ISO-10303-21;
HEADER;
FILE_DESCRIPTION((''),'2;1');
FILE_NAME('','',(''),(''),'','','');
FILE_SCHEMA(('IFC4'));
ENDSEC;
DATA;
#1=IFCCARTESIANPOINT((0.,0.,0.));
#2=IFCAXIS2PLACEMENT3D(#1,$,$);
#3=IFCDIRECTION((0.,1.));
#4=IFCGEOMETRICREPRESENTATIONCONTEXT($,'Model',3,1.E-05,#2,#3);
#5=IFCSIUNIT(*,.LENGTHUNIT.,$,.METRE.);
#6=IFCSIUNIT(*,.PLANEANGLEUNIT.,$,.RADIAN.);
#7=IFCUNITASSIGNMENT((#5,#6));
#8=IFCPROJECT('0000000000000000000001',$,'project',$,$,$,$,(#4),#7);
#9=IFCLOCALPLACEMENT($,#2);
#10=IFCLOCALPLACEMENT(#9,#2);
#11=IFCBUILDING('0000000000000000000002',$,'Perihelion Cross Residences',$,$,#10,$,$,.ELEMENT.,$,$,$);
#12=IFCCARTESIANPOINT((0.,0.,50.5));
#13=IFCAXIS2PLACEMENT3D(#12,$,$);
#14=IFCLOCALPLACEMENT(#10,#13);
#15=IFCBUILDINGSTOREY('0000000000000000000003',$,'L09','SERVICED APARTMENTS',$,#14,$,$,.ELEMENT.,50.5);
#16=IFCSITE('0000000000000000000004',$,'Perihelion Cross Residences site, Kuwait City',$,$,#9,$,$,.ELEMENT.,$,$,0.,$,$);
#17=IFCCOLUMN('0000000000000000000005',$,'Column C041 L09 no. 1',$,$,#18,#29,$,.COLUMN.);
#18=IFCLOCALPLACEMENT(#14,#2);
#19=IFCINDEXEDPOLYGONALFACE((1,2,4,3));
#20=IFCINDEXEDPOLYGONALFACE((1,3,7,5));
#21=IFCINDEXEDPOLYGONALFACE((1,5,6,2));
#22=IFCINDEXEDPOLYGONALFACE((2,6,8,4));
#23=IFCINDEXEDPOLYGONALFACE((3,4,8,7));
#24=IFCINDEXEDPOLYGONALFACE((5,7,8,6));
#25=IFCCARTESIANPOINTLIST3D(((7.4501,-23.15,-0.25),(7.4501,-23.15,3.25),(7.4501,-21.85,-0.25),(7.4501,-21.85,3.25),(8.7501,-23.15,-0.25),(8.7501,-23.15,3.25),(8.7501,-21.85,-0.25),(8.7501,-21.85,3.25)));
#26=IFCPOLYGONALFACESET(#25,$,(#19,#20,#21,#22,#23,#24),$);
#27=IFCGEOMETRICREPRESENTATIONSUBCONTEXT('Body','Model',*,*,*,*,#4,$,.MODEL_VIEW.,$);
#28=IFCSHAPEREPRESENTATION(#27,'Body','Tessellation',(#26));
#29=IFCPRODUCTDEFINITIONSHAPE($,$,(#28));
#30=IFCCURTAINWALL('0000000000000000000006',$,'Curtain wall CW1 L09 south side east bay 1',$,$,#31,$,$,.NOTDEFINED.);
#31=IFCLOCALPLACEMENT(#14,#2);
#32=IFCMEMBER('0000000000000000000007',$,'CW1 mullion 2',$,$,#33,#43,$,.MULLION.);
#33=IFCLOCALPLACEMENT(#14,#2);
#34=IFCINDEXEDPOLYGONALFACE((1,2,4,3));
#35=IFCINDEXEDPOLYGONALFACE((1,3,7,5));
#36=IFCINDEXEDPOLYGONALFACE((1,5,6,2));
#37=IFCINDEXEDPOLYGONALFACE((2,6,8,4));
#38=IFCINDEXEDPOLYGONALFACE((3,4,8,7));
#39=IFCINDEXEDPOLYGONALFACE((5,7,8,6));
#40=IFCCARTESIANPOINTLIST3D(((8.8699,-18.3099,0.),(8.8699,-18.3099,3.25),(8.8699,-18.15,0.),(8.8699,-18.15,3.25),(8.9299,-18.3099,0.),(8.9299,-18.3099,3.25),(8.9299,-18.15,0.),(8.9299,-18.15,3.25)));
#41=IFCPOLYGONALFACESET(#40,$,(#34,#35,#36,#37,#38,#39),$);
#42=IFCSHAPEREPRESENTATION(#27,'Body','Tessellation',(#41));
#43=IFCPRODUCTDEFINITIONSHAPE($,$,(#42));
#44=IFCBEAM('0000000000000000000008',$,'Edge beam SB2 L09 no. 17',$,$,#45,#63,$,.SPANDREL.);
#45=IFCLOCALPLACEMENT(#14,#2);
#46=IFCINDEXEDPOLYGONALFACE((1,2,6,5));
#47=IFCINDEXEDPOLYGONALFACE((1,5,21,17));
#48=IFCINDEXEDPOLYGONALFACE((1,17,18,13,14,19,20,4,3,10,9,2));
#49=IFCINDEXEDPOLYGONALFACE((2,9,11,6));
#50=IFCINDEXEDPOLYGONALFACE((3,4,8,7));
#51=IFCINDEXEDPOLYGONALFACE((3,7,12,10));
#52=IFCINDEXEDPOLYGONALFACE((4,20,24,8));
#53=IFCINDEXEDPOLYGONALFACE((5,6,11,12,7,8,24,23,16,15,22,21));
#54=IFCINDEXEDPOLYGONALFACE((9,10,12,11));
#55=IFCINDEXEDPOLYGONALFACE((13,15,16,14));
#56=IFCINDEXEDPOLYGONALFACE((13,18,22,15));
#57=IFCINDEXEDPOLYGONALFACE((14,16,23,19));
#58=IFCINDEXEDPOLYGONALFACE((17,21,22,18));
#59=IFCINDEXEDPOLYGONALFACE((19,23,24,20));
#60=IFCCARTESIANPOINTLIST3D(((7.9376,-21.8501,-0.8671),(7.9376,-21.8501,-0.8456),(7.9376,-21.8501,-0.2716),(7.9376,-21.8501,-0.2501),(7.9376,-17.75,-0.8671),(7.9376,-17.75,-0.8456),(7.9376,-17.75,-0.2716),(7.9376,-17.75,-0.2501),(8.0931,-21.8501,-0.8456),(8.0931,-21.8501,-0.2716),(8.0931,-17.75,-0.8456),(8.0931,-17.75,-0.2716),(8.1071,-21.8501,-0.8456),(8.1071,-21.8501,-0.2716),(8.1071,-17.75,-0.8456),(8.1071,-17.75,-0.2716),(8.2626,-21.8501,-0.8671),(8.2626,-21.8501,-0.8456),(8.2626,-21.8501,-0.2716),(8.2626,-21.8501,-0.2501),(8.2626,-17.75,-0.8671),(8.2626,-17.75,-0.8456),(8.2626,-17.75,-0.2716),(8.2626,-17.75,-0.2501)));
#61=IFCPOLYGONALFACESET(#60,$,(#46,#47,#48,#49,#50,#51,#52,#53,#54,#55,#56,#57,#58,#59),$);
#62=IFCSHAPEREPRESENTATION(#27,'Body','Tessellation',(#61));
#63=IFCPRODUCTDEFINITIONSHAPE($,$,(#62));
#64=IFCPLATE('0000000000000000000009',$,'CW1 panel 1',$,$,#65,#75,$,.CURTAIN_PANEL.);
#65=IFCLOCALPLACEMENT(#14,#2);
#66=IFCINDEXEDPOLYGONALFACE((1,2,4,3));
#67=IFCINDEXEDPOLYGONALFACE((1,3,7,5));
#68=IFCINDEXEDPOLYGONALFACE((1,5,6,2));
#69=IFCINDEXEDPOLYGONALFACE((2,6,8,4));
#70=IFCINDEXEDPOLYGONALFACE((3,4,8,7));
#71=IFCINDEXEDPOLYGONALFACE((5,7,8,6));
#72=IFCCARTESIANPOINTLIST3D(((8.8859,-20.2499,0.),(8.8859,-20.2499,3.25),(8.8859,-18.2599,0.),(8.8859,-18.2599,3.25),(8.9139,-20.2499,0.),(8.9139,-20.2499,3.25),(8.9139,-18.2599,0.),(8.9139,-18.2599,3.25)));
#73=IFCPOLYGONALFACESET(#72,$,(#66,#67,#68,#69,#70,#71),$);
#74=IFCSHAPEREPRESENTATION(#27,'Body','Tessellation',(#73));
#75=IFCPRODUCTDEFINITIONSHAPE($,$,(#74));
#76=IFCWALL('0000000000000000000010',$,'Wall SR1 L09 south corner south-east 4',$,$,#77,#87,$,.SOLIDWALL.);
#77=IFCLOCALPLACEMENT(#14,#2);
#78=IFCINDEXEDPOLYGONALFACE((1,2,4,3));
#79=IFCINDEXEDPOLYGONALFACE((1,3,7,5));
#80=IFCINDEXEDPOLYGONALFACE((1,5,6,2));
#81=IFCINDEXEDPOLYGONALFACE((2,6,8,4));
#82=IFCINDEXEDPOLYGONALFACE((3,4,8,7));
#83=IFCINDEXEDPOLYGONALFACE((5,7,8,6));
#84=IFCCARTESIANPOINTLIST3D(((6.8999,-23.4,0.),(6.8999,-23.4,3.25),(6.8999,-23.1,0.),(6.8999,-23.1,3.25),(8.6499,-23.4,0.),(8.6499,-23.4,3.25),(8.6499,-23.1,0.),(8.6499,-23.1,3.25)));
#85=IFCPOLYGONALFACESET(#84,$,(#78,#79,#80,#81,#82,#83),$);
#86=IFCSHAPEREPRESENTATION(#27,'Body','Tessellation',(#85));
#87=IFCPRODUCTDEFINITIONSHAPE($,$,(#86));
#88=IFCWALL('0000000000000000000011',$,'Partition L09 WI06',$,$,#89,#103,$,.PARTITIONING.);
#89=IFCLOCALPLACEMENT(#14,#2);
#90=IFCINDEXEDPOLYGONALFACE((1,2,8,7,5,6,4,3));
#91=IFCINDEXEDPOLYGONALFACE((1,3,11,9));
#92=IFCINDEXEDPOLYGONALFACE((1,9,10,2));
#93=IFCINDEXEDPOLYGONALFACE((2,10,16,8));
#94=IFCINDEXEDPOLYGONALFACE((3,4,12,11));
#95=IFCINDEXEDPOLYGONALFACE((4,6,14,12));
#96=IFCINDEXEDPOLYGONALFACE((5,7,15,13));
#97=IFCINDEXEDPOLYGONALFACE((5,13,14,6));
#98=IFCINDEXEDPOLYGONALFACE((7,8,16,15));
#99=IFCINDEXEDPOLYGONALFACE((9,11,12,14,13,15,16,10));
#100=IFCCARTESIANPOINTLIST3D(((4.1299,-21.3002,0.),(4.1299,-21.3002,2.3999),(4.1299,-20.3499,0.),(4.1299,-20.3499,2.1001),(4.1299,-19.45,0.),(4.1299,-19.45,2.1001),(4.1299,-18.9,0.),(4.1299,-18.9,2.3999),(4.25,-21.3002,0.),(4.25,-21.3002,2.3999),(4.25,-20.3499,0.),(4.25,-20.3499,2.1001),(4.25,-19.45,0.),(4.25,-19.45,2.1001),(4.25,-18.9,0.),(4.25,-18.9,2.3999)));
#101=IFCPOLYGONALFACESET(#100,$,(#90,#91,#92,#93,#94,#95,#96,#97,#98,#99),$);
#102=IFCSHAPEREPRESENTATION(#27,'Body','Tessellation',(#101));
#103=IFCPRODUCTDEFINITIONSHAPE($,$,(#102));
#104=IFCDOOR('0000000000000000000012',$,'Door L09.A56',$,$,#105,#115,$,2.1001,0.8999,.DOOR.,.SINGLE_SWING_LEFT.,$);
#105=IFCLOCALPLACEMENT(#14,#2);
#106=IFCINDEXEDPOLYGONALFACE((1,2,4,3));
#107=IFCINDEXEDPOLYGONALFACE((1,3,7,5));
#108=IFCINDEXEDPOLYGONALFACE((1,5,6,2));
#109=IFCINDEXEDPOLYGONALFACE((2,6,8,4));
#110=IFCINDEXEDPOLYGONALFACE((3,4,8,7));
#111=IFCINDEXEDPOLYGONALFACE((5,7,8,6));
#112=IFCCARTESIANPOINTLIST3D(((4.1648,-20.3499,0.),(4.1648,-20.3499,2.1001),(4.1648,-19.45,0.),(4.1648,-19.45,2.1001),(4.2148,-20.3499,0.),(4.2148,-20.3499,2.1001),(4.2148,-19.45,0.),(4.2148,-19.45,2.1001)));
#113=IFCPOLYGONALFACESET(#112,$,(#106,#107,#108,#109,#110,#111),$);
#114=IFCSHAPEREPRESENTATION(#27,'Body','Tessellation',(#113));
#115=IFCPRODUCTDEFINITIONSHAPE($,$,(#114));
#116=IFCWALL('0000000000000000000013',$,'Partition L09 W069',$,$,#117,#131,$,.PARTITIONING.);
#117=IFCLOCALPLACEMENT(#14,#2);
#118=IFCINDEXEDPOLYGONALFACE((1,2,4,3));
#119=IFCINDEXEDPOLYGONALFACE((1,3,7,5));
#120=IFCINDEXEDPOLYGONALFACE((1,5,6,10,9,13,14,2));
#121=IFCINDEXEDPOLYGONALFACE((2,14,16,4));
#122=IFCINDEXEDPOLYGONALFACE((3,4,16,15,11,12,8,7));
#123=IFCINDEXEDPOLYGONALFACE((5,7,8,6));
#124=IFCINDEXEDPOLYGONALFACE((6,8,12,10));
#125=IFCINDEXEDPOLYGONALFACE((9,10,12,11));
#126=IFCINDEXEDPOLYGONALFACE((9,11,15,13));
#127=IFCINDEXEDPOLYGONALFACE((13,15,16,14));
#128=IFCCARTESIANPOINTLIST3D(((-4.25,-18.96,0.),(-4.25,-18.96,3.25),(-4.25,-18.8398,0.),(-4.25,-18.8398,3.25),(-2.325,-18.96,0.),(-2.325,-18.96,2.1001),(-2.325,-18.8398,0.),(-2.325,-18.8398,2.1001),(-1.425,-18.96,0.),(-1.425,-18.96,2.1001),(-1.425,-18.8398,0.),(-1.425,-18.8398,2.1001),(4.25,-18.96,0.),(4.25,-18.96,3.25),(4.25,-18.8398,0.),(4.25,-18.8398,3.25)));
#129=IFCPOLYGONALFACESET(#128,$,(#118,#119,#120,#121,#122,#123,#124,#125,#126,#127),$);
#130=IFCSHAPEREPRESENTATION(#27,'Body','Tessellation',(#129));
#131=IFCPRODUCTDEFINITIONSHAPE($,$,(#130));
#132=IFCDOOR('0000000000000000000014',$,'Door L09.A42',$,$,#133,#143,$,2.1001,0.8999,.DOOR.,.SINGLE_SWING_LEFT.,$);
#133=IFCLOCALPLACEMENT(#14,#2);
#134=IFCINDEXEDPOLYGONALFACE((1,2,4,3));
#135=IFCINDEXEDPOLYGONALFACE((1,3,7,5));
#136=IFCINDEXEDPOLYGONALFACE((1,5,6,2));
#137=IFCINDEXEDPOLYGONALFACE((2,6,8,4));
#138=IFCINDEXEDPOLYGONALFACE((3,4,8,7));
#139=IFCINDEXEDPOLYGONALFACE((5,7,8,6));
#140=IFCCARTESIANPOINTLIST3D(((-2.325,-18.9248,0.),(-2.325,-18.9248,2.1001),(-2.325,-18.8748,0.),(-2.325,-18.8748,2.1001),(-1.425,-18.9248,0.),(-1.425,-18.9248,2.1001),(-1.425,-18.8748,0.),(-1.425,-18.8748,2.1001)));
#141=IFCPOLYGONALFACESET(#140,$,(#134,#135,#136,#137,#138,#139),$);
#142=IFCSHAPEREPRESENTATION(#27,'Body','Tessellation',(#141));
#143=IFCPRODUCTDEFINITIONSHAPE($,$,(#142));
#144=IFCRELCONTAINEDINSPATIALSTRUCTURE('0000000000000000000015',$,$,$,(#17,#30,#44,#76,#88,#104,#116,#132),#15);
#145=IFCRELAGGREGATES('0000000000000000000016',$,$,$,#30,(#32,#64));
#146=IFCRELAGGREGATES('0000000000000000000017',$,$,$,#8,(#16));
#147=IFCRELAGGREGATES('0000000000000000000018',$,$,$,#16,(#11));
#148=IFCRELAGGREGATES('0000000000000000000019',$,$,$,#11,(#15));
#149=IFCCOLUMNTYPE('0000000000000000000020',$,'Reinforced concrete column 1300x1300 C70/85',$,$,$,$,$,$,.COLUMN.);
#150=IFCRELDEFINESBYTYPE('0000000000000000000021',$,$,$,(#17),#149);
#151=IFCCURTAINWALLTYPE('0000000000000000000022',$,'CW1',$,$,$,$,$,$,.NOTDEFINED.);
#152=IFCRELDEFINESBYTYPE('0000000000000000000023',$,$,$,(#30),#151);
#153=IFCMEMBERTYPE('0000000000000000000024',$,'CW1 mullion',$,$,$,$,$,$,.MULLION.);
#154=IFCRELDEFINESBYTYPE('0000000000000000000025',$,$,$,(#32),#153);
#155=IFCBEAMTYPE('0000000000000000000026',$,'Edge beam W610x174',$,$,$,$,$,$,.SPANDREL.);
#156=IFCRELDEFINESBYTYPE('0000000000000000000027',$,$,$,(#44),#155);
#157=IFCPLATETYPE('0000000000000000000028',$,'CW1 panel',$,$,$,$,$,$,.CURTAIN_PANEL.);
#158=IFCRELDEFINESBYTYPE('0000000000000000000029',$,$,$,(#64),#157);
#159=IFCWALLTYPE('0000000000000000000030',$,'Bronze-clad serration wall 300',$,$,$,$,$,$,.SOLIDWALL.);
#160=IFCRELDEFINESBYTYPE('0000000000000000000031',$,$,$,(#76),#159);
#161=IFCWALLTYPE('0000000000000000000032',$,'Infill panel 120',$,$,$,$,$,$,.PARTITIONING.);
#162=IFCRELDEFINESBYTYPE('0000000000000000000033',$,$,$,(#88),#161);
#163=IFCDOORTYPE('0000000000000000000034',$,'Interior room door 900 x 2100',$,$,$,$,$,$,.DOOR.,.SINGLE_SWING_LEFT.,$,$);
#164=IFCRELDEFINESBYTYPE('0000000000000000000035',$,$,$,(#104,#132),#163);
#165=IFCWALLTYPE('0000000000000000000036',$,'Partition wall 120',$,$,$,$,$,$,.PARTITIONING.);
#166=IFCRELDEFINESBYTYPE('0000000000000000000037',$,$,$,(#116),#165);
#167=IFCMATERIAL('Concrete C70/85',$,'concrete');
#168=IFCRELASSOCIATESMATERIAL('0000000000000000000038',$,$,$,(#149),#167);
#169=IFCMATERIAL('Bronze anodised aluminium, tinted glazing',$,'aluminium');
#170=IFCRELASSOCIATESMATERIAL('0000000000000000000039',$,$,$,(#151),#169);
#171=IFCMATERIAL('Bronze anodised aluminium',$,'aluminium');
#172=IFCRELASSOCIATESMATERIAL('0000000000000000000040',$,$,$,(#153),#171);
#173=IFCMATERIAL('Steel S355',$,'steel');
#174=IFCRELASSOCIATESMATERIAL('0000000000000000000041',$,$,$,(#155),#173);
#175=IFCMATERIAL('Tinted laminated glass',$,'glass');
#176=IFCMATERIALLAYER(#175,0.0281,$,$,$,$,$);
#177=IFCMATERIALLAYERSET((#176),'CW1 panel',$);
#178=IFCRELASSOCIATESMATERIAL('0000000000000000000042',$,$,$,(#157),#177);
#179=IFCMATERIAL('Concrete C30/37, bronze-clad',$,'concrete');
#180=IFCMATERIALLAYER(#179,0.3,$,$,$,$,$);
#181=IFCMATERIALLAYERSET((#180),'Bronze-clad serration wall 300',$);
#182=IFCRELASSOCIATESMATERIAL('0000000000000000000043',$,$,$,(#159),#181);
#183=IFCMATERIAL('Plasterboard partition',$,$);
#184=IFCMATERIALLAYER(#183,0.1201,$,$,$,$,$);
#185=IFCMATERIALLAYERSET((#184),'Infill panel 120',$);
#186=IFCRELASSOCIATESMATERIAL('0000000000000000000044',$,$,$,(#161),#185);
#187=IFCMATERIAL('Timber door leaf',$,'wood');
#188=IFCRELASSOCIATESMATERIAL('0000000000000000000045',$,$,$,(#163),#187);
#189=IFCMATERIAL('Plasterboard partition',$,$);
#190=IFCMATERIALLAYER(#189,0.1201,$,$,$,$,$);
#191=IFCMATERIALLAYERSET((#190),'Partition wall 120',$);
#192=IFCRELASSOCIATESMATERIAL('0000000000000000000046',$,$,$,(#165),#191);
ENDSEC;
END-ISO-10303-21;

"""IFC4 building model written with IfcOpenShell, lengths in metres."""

from ifc_helpers import new_model, si_unit, direction, frame, frame_2d, origin, origin_2d, place, context, subcontext, project, spatial, rectangle, i_section, extrude, material, layer, layer_set, material_profile, profile_set, type_object, element, fill, aggregate, save


model = new_model("IFC4")

# Units and contexts
model_context = context("Model", 3, precision=1e-05, world=origin(), true_north=direction((0.0, 1.0)))
body_context = subcontext(model_context, "Body", "Model", "MODEL_VIEW")
ifc_project = project(units=[si_unit("LENGTHUNIT", "METRE"), si_unit("PLANEANGLEUNIT", "RADIAN")], contexts=[model_context])

# Site, building, storey
site_placement = place(None, origin())
site = spatial("IfcSite", under=ifc_project, at=site_placement, Name="Perihelion Cross Residences site, Kuwait City", CompositionType="ELEMENT", RefElevation=0.0)
building_placement = place(site_placement, origin())
building = spatial("IfcBuilding", under=site, at=building_placement, Name="Perihelion Cross Residences", CompositionType="ELEMENT")
storey_placement = place(building_placement, frame((0.0, 0.0, 50.5)))
storey = spatial("IfcBuildingStorey", under=building, at=storey_placement, Name="L09", Description="SERVICED APARTMENTS", CompositionType="ELEMENT", Elevation=50.5)

# Column
ifc_material_1 = material(Name="Concrete C70/85", Category="concrete")
ifc_material_profile_1 = material_profile(ifc_material_1, rectangle(XDim=1.3, YDim=1.3, at=origin_2d()), Name="RC 1300x1300")
ifc_profile_set_1 = profile_set([ifc_material_profile_1], Name="Concrete C70/85")
column_type = type_object("IfcColumnType", Name="Reinforced concrete column 1300x1300 C70/85", PredefinedType="COLUMN", material=ifc_profile_set_1)
column_placement = place(storey_placement, frame((8.1001, -22.5, -0.25), z_axis=(0.0, 0.0, 1.0), x_axis=(1.0, 0.0, 0.0)))
element("IfcColumn", 1, at=column_placement, inside=storey, type_object=column_type, Name="Column C041 L09 no. 1", PredefinedType="COLUMN", context=body_context, shape_type="SweptSolid", body=[
    extrude(rectangle(XDim=1.3, YDim=1.3, at=origin_2d()), origin(), (0.0, 0.0, 1.0), 3.5),
])

# Curtain wall, member
ifc_material_2 = material(Name="Bronze anodised aluminium, tinted glazing", Category="aluminium")
curtain_wall_type = type_object("IfcCurtainWallType", Name="CW1", PredefinedType="NOTDEFINED", material=ifc_material_2)
curtain_wall_placement = place(storey_placement, origin())
curtain_wall = element("IfcCurtainWall", 2, at=curtain_wall_placement, inside=storey, type_object=curtain_wall_type, Name="Curtain wall CW1 L09 south side east bay 1", PredefinedType="NOTDEFINED")
ifc_material_3 = material(Name="Bronze anodised aluminium", Category="aluminium")
ifc_material_profile_2 = material_profile(ifc_material_3, rectangle(XDim=0.0601, YDim=0.1599, at=origin_2d()), Name="CW1 mullion")
ifc_profile_set_2 = profile_set([ifc_material_profile_2], Name="Bronze anodised aluminium")
member_type = type_object("IfcMemberType", Name="CW1 mullion", PredefinedType="MULLION", material=ifc_profile_set_2)
member_placement = place(storey_placement, frame((8.8999, -18.23, 0.0), z_axis=(0.0, 0.0, 1.0), x_axis=(-1.0, 0.0, 0.0)))
member = element("IfcMember", 3, at=member_placement, type_object=member_type, Name="CW1 mullion 2", PredefinedType="MULLION", context=body_context, shape_type="SweptSolid", body=[
    extrude(rectangle(XDim=0.0601, YDim=0.1599, at=origin_2d()), origin(), (0.0, 0.0, 1.0), 3.25),
])

# Beam
ifc_material_4 = material(Name="Steel S355", Category="steel")
ifc_material_profile_3 = material_profile(ifc_material_4, i_section(OverallWidth=0.325, OverallDepth=0.6169, WebThickness=0.0139, FlangeThickness=0.0215, at=origin_2d()), Name="W610x174")
ifc_profile_set_3 = profile_set([ifc_material_profile_3], Name="Steel S355")
beam_type = type_object("IfcBeamType", Name="Edge beam W610x174", PredefinedType="SPANDREL", material=ifc_profile_set_3)
beam_placement = place(storey_placement, frame((8.1001, -21.8501, -0.5586), z_axis=(0.0, 1.0, 0.0), x_axis=(-1.0, 0.0, 0.0)))
element("IfcBeam", 4, at=beam_placement, inside=storey, type_object=beam_type, Name="Edge beam SB2 L09 no. 17", PredefinedType="SPANDREL", context=body_context, shape_type="SweptSolid", body=[
    extrude(i_section(OverallWidth=0.325, OverallDepth=0.6169, WebThickness=0.0139, FlangeThickness=0.0215, at=origin_2d()), origin(), (0.0, 0.0, 1.0), 4.1001),
])

# Plate
ifc_material_5 = material(Name="Tinted laminated glass", Category="glass")
ifc_layer_1 = layer(ifc_material_5, 0.0281)
ifc_layer_set_1 = layer_set([ifc_layer_1], Name="CW1 panel")
plate_type = type_object("IfcPlateType", Name="CW1 panel", PredefinedType="CURTAIN_PANEL", material=ifc_layer_set_1)
plate_placement = place(storey_placement, frame((8.8999, -19.2549, 0.0), z_axis=(0.0, 0.0, 1.0), x_axis=(0.0, 1.0, 0.0)))
plate = element("IfcPlate", 5, at=plate_placement, type_object=plate_type, Name="CW1 panel 1", PredefinedType="CURTAIN_PANEL", context=body_context, shape_type="SweptSolid", body=[
    extrude(rectangle(XDim=1.99, YDim=0.0281, at=origin_2d()), origin(), (0.0, 0.0, 1.0), 3.25),
])
aggregate(curtain_wall, [member, plate])

# Wall
ifc_material_6 = material(Name="Concrete C30/37, bronze-clad", Category="concrete")
ifc_layer_2 = layer(ifc_material_6, 0.3)
ifc_layer_set_2 = layer_set([ifc_layer_2], Name="Bronze-clad serration wall 300")
wall_type_1 = type_object("IfcWallType", Name="Bronze-clad serration wall 300", PredefinedType="SOLIDWALL", material=ifc_layer_set_2)
wall_1_placement = place(storey_placement, frame((6.8999, -23.25, 0.0), z_axis=(0.0, 0.0, 1.0), x_axis=(1.0, 0.0, 0.0)))
element("IfcWall", 6, at=wall_1_placement, inside=storey, type_object=wall_type_1, Name="Wall SR1 L09 south corner south-east 4", PredefinedType="SOLIDWALL", context=body_context, shape_type="SweptSolid", body=[
    extrude(rectangle(XDim=1.75, YDim=0.3, at=frame_2d((0.875, 0.0))), origin(), (0.0, 0.0, 1.0), 3.25),
])

# Walls, openings, doors
ifc_material_7 = material(Name="Plasterboard partition")
ifc_layer_3 = layer(ifc_material_7, 0.1201)
ifc_layer_set_3 = layer_set([ifc_layer_3], Name="Infill panel 120")
wall_type_2 = type_object("IfcWallType", Name="Infill panel 120", PredefinedType="PARTITIONING", material=ifc_layer_set_3)
wall_2_placement = place(storey_placement, frame((4.1899, -18.8999, 0.0), z_axis=(0.0, 0.0, 1.0), x_axis=(0.0, -1.0, 0.0)))
wall_2 = element("IfcWall", 7, at=wall_2_placement, inside=storey, type_object=wall_type_2, Name="Partition L09 WI06", PredefinedType="PARTITIONING", context=body_context, shape_type="SweptSolid", body=[
    extrude(rectangle(XDim=2.4001, YDim=0.1201, at=frame_2d((1.2002, 0.0))), origin(), (0.0, 0.0, 1.0), 2.3999),
])
opening_1_placement = place(wall_2_placement, frame((0.55, 0.0, 0.0)))
opening_1 = element("IfcOpeningElement", 8, at=opening_1_placement, cuts=wall_2, PredefinedType="OPENING", context=body_context, shape_type="SweptSolid", body=[
    extrude(rectangle(XDim=0.8999, YDim=2.1001, at=frame_2d((0.45, 1.05))), frame((0.0, 0.0701, 0.0), z_axis=(0.0, -1.0, 0.0), x_axis=(1.0, 0.0, 0.0)), (0.0, 0.0, 1.0), 0.1401),
])
ifc_material_8 = material(Name="Timber door leaf", Category="wood")
door_type_1 = type_object("IfcDoorType", Name="Interior room door 900 x 2100", OperationType="SINGLE_SWING_LEFT", PredefinedType="DOOR", material=ifc_material_8)
door_1_placement = place(opening_1_placement, origin())
door_1 = element("IfcDoor", 9, at=door_1_placement, inside=storey, type_object=door_type_1, Name="Door L09.A56", OperationType="SINGLE_SWING_LEFT", OverallHeight=2.1001, OverallWidth=0.8999, PredefinedType="DOOR", context=body_context, shape_type="SweptSolid", body=[
    extrude(rectangle(XDim=0.8999, YDim=2.1001, at=frame_2d((0.45, 1.05))), frame((0.0, 0.0249, 0.0), z_axis=(0.0, -1.0, 0.0), x_axis=(1.0, 0.0, 0.0)), (0.0, 0.0, 1.0), 0.05),
])
fill(opening_1, door_1)
ifc_material_9 = material(Name="Plasterboard partition")
ifc_layer_4 = layer(ifc_material_9, 0.1201)
ifc_layer_set_4 = layer_set([ifc_layer_4], Name="Partition wall 120")
wall_type_3 = type_object("IfcWallType", Name="Partition wall 120", PredefinedType="PARTITIONING", material=ifc_layer_set_4)
wall_3_placement = place(storey_placement, frame((4.25, -18.8999, 0.0), z_axis=(0.0, 0.0, 1.0), x_axis=(-1.0, 0.0, 0.0)))
wall_3 = element("IfcWall", 10, at=wall_3_placement, inside=storey, type_object=wall_type_3, Name="Partition L09 W069", PredefinedType="PARTITIONING", context=body_context, shape_type="SweptSolid", body=[
    extrude(rectangle(XDim=8.5, YDim=0.1201, at=frame_2d((4.25, 0.0))), origin(), (0.0, 0.0, 1.0), 3.25),
])
opening_2_placement = place(wall_3_placement, frame((5.675, 0.0, 0.0)))
opening_2 = element("IfcOpeningElement", 11, at=opening_2_placement, cuts=wall_3, PredefinedType="OPENING", context=body_context, shape_type="SweptSolid", body=[
    extrude(rectangle(XDim=0.8999, YDim=2.1001, at=frame_2d((0.45, 1.05))), frame((0.0, 0.0701, 0.0), z_axis=(0.0, -1.0, 0.0), x_axis=(1.0, 0.0, 0.0)), (0.0, 0.0, 1.0), 0.1401),
])
door_2_placement = place(opening_2_placement, origin())
door_2 = element("IfcDoor", 12, at=door_2_placement, inside=storey, type_object=door_type_1, Name="Door L09.A42", OperationType="SINGLE_SWING_LEFT", OverallHeight=2.1001, OverallWidth=0.8999, PredefinedType="DOOR", context=body_context, shape_type="SweptSolid", body=[
    extrude(rectangle(XDim=0.8999, YDim=2.1001, at=frame_2d((0.45, 1.05))), frame((0.0, 0.0249, 0.0), z_axis=(0.0, -1.0, 0.0), x_axis=(1.0, 0.0, 0.0)), (0.0, 0.0, 1.0), 0.05),
])
fill(opening_2, door_2)

save(model, "model.ifc")
